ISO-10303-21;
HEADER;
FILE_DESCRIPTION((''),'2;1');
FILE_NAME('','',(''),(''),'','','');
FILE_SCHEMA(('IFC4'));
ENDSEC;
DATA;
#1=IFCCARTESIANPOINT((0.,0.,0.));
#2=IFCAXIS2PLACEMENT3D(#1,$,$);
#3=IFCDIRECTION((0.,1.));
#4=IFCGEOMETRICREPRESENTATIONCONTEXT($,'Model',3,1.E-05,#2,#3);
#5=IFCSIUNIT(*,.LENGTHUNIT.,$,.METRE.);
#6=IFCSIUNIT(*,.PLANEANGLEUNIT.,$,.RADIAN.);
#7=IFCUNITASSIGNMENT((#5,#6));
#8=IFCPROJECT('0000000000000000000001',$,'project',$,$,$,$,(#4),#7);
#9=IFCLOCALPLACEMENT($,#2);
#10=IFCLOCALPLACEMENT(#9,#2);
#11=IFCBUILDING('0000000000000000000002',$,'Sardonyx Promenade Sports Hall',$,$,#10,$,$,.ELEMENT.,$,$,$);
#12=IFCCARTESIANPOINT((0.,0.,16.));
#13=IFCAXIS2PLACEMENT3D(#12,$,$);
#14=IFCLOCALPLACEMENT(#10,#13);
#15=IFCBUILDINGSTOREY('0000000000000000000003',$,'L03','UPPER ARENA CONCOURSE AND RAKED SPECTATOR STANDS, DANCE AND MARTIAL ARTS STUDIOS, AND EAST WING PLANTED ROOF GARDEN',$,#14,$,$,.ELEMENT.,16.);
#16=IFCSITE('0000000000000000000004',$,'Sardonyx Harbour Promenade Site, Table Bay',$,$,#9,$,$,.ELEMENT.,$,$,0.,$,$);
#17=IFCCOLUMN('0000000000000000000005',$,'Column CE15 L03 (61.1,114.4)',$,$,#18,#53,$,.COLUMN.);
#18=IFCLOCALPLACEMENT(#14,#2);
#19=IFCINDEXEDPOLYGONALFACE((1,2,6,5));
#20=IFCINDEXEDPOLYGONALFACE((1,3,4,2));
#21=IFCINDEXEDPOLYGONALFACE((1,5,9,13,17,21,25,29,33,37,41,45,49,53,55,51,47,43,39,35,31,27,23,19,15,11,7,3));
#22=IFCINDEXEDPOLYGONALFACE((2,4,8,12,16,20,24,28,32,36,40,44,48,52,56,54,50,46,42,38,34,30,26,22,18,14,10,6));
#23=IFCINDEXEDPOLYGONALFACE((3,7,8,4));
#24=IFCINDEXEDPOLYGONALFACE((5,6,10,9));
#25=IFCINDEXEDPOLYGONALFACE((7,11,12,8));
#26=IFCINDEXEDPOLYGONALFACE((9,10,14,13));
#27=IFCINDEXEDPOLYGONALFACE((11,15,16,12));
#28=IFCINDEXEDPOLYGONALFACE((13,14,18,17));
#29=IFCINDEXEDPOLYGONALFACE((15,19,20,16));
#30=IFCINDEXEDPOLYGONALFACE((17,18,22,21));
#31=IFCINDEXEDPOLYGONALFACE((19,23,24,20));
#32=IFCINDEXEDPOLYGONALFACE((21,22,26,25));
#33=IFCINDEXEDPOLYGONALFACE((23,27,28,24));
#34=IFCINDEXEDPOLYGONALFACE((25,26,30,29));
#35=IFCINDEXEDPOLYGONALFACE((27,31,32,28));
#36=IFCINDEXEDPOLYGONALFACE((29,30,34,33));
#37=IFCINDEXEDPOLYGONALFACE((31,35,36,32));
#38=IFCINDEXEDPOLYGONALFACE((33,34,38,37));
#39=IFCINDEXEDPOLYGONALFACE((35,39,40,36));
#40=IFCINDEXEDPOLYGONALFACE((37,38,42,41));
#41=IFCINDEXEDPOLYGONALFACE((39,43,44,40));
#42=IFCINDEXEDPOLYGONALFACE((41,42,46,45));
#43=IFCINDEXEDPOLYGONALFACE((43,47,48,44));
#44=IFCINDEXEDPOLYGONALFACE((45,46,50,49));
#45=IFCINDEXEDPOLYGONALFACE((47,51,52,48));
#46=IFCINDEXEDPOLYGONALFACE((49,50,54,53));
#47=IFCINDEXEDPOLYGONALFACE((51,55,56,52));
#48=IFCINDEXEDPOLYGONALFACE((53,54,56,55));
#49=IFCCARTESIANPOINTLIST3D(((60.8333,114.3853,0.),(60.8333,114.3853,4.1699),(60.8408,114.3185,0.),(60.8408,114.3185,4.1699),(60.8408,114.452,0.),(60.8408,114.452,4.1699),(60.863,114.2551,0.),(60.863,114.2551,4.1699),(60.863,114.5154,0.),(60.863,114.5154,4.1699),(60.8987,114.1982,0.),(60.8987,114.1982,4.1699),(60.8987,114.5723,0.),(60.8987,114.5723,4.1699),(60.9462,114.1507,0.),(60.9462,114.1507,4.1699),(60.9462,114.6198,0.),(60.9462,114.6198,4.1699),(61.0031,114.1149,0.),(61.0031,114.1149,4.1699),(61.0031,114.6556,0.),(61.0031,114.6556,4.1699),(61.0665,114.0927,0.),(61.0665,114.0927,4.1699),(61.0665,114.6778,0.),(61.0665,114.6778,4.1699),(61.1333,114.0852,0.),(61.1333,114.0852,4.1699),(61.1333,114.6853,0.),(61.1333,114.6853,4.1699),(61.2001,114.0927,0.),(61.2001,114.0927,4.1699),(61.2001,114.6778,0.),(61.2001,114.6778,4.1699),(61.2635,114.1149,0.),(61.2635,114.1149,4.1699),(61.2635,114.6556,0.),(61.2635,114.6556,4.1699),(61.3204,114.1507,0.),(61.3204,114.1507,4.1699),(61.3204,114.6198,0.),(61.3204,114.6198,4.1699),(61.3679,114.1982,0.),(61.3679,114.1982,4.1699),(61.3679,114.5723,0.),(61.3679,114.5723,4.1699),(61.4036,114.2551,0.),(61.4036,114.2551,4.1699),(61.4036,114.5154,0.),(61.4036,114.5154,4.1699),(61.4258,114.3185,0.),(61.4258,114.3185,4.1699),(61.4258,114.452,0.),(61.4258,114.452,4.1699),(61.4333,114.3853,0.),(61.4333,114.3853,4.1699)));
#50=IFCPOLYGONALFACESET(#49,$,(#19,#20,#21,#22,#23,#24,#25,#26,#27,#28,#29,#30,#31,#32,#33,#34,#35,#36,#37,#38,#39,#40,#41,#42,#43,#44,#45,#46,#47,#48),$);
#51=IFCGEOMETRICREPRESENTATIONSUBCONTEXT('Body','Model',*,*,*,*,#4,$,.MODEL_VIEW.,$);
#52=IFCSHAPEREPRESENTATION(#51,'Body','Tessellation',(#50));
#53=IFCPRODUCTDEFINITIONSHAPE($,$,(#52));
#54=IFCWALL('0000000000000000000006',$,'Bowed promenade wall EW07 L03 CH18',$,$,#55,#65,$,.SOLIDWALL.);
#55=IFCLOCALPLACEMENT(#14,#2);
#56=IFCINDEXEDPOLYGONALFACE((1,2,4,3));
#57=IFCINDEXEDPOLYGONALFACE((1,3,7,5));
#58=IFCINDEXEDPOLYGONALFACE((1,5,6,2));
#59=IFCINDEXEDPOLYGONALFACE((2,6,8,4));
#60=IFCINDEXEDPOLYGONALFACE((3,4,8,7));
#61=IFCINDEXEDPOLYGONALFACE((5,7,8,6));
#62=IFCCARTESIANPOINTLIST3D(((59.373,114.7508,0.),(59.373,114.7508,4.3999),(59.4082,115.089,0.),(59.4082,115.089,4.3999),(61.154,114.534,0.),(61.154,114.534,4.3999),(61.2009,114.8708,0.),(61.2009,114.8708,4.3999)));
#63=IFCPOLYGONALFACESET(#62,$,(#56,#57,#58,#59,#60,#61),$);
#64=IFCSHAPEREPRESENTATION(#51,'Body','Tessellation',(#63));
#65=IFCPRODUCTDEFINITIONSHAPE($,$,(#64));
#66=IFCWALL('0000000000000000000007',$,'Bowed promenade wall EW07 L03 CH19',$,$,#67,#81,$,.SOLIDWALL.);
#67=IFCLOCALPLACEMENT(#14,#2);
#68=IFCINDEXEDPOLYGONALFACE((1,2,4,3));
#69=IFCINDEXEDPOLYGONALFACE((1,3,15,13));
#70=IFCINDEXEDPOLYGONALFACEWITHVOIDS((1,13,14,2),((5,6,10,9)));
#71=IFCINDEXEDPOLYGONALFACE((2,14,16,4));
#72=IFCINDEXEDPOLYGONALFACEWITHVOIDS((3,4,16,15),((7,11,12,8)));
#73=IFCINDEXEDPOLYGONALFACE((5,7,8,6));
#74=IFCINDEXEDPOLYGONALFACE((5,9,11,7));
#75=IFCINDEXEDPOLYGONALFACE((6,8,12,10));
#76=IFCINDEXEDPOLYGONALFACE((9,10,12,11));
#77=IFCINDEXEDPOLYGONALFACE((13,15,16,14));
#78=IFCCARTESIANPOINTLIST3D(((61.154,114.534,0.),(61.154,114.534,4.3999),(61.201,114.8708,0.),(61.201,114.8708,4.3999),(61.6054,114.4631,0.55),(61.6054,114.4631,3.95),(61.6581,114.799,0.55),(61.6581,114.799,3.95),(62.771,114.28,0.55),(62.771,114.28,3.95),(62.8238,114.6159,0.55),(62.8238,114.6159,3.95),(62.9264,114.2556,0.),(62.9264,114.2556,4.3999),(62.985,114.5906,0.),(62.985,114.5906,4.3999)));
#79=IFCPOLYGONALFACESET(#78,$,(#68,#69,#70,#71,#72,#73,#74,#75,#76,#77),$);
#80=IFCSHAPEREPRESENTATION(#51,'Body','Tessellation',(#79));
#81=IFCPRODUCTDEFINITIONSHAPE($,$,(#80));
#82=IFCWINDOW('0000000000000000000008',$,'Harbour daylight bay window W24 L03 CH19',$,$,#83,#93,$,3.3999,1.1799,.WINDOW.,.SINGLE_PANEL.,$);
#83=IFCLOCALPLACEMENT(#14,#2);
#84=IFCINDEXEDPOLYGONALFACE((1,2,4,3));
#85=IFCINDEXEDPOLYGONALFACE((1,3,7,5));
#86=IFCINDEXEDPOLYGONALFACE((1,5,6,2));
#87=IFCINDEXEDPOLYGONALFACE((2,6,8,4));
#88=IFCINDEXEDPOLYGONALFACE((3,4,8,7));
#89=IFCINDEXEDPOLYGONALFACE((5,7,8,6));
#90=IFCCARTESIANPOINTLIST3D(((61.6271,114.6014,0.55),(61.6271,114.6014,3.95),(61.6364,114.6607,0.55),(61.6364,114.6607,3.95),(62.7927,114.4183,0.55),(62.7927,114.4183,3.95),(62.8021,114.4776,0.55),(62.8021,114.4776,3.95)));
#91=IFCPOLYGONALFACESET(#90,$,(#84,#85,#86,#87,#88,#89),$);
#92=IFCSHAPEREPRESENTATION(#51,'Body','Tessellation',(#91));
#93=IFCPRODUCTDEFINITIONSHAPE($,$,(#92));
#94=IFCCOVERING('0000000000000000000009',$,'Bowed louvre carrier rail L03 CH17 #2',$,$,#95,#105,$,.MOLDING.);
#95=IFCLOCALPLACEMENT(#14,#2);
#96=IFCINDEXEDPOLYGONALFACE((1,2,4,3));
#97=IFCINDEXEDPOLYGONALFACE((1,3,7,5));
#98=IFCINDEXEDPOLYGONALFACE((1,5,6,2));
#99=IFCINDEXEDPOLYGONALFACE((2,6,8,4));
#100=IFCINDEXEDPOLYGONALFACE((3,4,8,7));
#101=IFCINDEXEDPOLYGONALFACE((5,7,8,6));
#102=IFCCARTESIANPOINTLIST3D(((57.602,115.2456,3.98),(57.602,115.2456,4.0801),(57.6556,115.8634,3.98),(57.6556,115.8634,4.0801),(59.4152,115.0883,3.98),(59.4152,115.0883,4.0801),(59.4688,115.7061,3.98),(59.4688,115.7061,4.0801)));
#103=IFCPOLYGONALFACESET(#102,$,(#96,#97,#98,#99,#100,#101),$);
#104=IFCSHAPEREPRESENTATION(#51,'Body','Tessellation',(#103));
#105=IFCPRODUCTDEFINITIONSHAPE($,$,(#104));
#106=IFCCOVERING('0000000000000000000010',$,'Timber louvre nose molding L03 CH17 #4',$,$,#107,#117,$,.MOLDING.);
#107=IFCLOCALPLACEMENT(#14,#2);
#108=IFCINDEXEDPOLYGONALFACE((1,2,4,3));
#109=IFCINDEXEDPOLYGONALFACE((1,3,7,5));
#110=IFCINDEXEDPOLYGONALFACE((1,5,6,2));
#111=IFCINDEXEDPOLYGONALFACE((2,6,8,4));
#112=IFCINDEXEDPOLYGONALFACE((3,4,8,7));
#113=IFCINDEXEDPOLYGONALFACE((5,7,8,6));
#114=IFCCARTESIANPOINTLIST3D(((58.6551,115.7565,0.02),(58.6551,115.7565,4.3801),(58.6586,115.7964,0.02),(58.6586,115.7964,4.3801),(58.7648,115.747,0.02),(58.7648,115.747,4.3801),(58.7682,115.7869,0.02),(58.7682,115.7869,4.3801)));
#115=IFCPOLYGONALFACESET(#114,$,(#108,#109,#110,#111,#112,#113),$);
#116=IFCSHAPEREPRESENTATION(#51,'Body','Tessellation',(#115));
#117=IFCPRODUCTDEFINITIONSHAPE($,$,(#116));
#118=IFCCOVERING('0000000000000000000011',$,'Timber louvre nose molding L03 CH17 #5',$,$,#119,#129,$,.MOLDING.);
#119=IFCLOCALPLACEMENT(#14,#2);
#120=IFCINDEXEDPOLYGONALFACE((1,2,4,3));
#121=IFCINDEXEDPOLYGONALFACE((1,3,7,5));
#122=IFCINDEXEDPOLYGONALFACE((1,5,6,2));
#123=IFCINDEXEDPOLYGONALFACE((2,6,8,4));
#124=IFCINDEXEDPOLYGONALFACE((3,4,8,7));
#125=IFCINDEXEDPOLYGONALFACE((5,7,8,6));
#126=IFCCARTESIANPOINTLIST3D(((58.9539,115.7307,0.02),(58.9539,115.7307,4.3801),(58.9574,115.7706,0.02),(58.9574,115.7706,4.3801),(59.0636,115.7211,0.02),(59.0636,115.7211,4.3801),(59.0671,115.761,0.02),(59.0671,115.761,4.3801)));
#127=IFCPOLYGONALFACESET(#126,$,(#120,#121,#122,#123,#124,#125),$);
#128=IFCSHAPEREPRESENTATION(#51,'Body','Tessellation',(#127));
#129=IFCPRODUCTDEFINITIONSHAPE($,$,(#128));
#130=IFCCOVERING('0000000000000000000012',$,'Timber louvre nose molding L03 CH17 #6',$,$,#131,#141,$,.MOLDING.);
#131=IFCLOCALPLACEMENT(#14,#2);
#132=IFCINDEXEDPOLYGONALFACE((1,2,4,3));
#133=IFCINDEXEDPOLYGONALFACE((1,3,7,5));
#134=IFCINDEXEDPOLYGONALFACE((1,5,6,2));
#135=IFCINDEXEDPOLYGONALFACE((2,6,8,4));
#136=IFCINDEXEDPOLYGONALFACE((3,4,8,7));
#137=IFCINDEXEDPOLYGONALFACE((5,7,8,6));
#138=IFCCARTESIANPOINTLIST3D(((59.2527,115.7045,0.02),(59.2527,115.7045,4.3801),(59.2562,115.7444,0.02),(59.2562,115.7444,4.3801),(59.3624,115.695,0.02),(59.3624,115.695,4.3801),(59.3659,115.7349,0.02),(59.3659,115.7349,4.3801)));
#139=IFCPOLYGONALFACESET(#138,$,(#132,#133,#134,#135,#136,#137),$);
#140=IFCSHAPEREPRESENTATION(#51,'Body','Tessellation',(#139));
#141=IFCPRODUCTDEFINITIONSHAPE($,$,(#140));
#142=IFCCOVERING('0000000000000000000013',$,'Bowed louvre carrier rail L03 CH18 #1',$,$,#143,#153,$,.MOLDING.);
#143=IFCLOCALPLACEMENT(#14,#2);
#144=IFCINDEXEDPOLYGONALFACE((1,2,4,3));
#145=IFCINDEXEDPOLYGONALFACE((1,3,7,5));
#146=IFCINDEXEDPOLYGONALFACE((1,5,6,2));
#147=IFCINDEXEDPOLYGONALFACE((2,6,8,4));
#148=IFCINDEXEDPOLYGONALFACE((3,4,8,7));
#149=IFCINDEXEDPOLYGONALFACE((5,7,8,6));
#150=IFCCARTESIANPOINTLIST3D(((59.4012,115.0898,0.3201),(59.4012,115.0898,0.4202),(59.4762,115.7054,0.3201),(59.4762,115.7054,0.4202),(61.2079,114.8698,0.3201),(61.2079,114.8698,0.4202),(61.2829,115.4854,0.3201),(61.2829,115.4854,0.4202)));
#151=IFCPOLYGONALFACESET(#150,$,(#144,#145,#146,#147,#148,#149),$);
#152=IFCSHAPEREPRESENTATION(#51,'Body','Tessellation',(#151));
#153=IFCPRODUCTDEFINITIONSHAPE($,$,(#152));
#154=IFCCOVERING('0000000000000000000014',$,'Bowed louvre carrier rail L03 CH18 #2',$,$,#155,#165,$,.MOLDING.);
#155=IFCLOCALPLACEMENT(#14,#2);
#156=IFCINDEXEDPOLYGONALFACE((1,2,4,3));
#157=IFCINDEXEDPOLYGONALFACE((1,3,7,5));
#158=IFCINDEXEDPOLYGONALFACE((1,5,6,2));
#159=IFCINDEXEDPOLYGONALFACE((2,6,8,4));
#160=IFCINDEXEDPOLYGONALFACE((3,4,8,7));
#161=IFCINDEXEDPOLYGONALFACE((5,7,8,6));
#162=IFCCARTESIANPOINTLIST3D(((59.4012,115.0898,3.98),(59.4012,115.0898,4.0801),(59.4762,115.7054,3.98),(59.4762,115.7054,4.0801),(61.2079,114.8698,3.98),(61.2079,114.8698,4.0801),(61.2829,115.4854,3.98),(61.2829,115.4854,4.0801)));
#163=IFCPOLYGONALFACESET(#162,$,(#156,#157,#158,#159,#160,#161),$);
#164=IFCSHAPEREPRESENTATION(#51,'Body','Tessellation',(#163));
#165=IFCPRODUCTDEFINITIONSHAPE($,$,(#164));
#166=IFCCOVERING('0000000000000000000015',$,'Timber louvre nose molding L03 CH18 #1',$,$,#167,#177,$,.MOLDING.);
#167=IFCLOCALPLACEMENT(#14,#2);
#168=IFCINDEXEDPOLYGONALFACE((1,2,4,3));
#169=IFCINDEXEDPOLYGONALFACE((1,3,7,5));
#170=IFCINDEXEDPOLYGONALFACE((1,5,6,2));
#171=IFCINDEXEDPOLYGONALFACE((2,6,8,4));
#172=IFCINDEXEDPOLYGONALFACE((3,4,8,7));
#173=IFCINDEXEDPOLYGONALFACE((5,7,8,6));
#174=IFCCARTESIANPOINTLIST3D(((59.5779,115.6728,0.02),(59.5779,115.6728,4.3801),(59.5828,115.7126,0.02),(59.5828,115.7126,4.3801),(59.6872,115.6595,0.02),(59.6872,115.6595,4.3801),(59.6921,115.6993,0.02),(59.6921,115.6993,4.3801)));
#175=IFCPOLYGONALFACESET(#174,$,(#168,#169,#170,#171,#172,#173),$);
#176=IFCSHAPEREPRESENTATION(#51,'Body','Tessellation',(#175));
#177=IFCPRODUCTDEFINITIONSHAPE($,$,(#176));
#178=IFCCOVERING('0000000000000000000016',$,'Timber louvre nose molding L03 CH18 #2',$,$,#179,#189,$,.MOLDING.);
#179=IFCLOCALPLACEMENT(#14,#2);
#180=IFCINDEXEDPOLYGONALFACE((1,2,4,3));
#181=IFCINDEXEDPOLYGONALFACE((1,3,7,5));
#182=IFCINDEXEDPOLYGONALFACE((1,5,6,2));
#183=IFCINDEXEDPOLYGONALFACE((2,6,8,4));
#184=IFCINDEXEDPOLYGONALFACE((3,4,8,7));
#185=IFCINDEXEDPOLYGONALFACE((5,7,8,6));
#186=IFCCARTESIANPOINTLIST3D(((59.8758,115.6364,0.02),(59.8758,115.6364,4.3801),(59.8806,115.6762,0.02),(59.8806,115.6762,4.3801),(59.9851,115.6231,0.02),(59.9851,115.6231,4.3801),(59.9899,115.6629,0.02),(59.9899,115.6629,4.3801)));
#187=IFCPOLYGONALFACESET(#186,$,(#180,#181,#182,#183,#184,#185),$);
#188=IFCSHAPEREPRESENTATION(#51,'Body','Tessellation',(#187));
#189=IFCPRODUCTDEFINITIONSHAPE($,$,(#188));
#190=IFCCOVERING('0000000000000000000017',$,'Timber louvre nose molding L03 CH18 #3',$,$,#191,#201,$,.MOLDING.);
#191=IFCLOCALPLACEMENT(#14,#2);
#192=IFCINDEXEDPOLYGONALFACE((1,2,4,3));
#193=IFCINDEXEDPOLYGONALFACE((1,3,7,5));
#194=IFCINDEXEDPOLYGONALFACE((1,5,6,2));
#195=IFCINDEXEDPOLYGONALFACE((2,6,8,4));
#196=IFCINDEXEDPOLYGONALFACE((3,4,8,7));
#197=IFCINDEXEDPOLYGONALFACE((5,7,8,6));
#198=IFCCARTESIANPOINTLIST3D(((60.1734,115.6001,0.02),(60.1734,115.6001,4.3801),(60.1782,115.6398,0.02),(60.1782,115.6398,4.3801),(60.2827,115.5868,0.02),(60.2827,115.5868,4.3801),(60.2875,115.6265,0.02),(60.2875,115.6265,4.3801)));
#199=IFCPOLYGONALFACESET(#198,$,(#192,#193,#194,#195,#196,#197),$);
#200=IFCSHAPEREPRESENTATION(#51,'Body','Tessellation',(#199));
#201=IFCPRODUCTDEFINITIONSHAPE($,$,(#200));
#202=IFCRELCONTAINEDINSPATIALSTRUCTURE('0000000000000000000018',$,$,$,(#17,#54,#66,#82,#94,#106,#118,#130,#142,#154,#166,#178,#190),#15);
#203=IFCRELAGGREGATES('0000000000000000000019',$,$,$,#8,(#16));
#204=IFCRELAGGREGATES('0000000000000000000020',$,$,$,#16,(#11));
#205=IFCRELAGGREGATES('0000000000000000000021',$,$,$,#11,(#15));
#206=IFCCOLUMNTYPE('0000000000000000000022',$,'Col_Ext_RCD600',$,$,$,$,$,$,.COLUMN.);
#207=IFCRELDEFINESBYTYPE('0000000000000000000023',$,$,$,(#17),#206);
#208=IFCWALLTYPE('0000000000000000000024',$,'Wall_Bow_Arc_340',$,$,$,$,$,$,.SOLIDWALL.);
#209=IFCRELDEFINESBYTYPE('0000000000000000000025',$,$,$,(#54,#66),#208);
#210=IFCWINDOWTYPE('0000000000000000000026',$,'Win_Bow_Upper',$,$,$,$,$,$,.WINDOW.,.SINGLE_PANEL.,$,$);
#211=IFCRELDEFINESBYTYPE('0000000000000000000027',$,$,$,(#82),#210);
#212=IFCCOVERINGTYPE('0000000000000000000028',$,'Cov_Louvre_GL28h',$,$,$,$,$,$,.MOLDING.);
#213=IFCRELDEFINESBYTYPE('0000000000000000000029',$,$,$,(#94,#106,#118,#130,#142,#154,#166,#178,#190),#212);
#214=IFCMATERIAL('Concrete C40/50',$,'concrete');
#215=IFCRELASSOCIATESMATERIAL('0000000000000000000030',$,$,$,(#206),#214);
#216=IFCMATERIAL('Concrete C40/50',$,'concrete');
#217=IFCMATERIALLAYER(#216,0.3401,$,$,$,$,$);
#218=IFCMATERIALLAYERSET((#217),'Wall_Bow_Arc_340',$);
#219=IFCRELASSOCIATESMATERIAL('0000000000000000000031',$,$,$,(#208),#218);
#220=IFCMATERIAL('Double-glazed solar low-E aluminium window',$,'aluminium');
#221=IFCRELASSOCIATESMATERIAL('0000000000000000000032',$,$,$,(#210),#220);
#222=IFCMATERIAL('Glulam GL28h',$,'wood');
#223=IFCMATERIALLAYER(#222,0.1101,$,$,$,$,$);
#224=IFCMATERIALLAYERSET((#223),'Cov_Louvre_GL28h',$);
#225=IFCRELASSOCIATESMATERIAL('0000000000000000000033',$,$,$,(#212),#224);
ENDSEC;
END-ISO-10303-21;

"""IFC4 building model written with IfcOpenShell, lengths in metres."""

from ifc_helpers import new_model, si_unit, direction, frame, frame_2d, origin, origin_2d, place, context, subcontext, project, spatial, polyline, rectangle, circle, outline, extrude, material, layer, layer_set, material_profile, profile_set, type_object, element, fill, save


model = new_model("IFC4")

# Units and contexts
model_context = context("Model", 3, precision=1e-05, world=origin(), true_north=direction((0.0, 1.0)))
body_context = subcontext(model_context, "Body", "Model", "MODEL_VIEW")
ifc_project = project(units=[si_unit("LENGTHUNIT", "METRE"), si_unit("PLANEANGLEUNIT", "RADIAN")], contexts=[model_context])

# Site, building, storey
site_placement = place(None, origin())
site = spatial("IfcSite", under=ifc_project, at=site_placement, Name="Sardonyx Harbour Promenade Site, Table Bay", CompositionType="ELEMENT", RefElevation=0.0)
building_placement = place(site_placement, origin())
building = spatial("IfcBuilding", under=site, at=building_placement, Name="Sardonyx Promenade Sports Hall", CompositionType="ELEMENT")
storey_placement = place(building_placement, frame((0.0, 0.0, 16.0)))
storey = spatial("IfcBuildingStorey", under=building, at=storey_placement, Name="L03", Description="UPPER ARENA CONCOURSE AND RAKED SPECTATOR STANDS, DANCE AND MARTIAL ARTS STUDIOS, AND EAST WING PLANTED ROOF GARDEN", CompositionType="ELEMENT", Elevation=16.0)

# Column
ifc_material_1 = material(Name="Concrete C40/50", Category="concrete")
ifc_material_profile = material_profile(ifc_material_1, circle(Radius=0.3, at=origin_2d()))
ifc_profile_set = profile_set([ifc_material_profile], Name="Concrete C40/50")
column_type = type_object("IfcColumnType", Name="Col_Ext_RCD600", PredefinedType="COLUMN", material=ifc_profile_set)
column_placement = place(storey_placement, frame((61.1333, 114.3853, 0.0), z_axis=(0.0, 0.0, 1.0), x_axis=(1.0, 0.0, 0.0)))
element("IfcColumn", 1, at=column_placement, inside=storey, type_object=column_type, Name="Column CE15 L03 (61.1,114.4)", PredefinedType="COLUMN", context=body_context, shape_type="SweptSolid", body=[
    extrude(circle(Radius=0.3, at=origin_2d()), origin(), (0.0, 0.0, 1.0), 4.1699),
])

# Wall
ifc_material_2 = material(Name="Concrete C40/50", Category="concrete")
ifc_layer_1 = layer(ifc_material_2, 0.3401)
ifc_layer_set_1 = layer_set([ifc_layer_1], Name="Wall_Bow_Arc_340")
wall_type = type_object("IfcWallType", Name="Wall_Bow_Arc_340", PredefinedType="SOLIDWALL", material=ifc_layer_set_1)
wall_1_placement = place(storey_placement, frame((59.3906, 114.9199, 0.0), z_axis=(0.0, 0.0, 1.0), x_axis=(0.992671, -0.120846, 0.0)))
element("IfcWall", 2, at=wall_1_placement, inside=storey, type_object=wall_type, Name="Bowed promenade wall EW07 L03 CH18", PredefinedType="SOLIDWALL", context=body_context, shape_type="SweptSolid", body=[
    extrude(outline(polyline([(0.0029, -0.17), (1.7971, -0.17), (1.8029, 0.17), (-0.0029, 0.17), (0.0029, -0.17)])), origin(), (0.0, 0.0, 1.0), 4.3999),
])

# Wall, opening, window
wall_2_placement = place(storey_placement, frame((61.1775, 114.7024, 0.0), z_axis=(0.0, 0.0, 1.0), x_axis=(0.987887, -0.155175, 0.0)))
wall_2 = element("IfcWall", 3, at=wall_2_placement, inside=storey, type_object=wall_type, Name="Bowed promenade wall EW07 L03 CH19", PredefinedType="SOLIDWALL", context=body_context, shape_type="SweptSolid", body=[
    extrude(outline(polyline([(0.0029, -0.17), (1.7971, -0.17), (1.8029, 0.17), (-0.0029, 0.17), (0.0029, -0.17)])), origin(), (0.0, 0.0, 1.0), 4.3999),
])
opening_placement = place(wall_2_placement, frame((0.46, 0.0, 0.55)))
opening = element("IfcOpeningElement", 4, at=opening_placement, cuts=wall_2, PredefinedType="OPENING", context=body_context, shape_type="SweptSolid", body=[
    extrude(rectangle(XDim=1.1799, YDim=3.3999, at=frame_2d((0.5898, 1.7))), frame((0.0, 0.18, 0.0), z_axis=(0.0, -1.0, 0.0), x_axis=(1.0, 0.0, 0.0)), (0.0, 0.0, 1.0), 0.36),
])
ifc_material_3 = material(Name="Double-glazed solar low-E aluminium window", Category="aluminium")
window_type = type_object("IfcWindowType", Name="Win_Bow_Upper", PartitioningType="SINGLE_PANEL", PredefinedType="WINDOW", material=ifc_material_3)
window_placement = place(opening_placement, origin())
window = element("IfcWindow", 5, at=window_placement, inside=storey, type_object=window_type, Name="Harbour daylight bay window W24 L03 CH19", OverallHeight=3.3999, OverallWidth=1.1799, PartitioningType="SINGLE_PANEL", PredefinedType="WINDOW", context=body_context, shape_type="SweptSolid", body=[
    extrude(rectangle(XDim=1.1799, YDim=3.3999, at=frame_2d((0.5898, 1.7))), frame((0.0, 0.03, 0.0), z_axis=(0.0, -1.0, 0.0), x_axis=(1.0, 0.0, 0.0)), (0.0, 0.0, 1.0), 0.0601),
])
fill(opening, window)

# Coverings
ifc_material_4 = material(Name="Glulam GL28h", Category="wood")
ifc_layer_2 = layer(ifc_material_4, 0.1101)
ifc_layer_set_2 = layer_set([ifc_layer_2], Name="Cov_Louvre_GL28h")
covering_type = type_object("IfcCoveringType", Name="Cov_Louvre_GL28h", PredefinedType="MOLDING", material=ifc_layer_set_2)
covering_1_placement = place(storey_placement, frame((58.5354, 115.4758, 3.98), z_axis=(0.0, 0.0, 1.0), x_axis=(0.996258, -0.086434, 0.0)))
element("IfcCovering", 6, at=covering_1_placement, inside=storey, type_object=covering_type, Name="Bowed louvre carrier rail L03 CH17 #2", PredefinedType="MOLDING", context=body_context, shape_type="SweptSolid", body=[
    extrude(rectangle(XDim=1.8201, YDim=0.6201, at=origin_2d()), origin(), (0.0, 0.0, 1.0), 0.1001),
])
for number, where, z_axis, x_axis, name in (
    (7, (58.7117, 115.7717, 0.02), (0.0, 0.0, 1.0), (0.996258, -0.086434, 0.0), "Timber louvre nose molding L03 CH17 #4"),
    (8, (59.0105, 115.7458, 0.02), (0.0, 0.0, 1.0), (0.996258, -0.086434, 0.0), "Timber louvre nose molding L03 CH17 #5"),
    (9, (59.3093, 115.7197, 0.02), (0.0, 0.0, 1.0), (0.996258, -0.086434, 0.0), "Timber louvre nose molding L03 CH17 #6"),
):
    element("IfcCovering", number, at=place(storey_placement, frame(where, z_axis=z_axis, x_axis=x_axis)), inside=storey, type_object=covering_type, Name=name, PredefinedType="MOLDING", context=body_context, shape_type="SweptSolid", body=[
        extrude(rectangle(XDim=0.1101, YDim=0.04, at=origin_2d()), origin(), (0.0, 0.0, 1.0), 4.3601),
    ])
for number, where, z_axis, x_axis, name in (
    (10, (60.342, 115.2876, 0.3201), (0.0, 0.0, 1.0), (0.992669, -0.120863, 0.0), "Bowed louvre carrier rail L03 CH18 #1"),
    (11, (60.342, 115.2876, 3.98), (0.0, 0.0, 1.0), (0.992669, -0.120863, 0.0), "Bowed louvre carrier rail L03 CH18 #2"),
):
    element("IfcCovering", number, at=place(storey_placement, frame(where, z_axis=z_axis, x_axis=x_axis)), inside=storey, type_object=covering_type, Name=name, PredefinedType="MOLDING", context=body_context, shape_type="SweptSolid", body=[
        extrude(rectangle(XDim=1.8201, YDim=0.6201, at=origin_2d()), origin(), (0.0, 0.0, 1.0), 0.1001),
    ])
for number, where, z_axis, x_axis, name in (
    (12, (59.635, 115.686, 0.02), (0.0, 0.0, 1.0), (0.992669, -0.120863, 0.0), "Timber louvre nose molding L03 CH18 #1"),
    (13, (59.9329, 115.6497, 0.02), (0.0, 0.0, 1.0), (0.992669, -0.120863, 0.0), "Timber louvre nose molding L03 CH18 #2"),
    (14, (60.2305, 115.6133, 0.02), (0.0, 0.0, 1.0), (0.992669, -0.120863, 0.0), "Timber louvre nose molding L03 CH18 #3"),
):
    element("IfcCovering", number, at=place(storey_placement, frame(where, z_axis=z_axis, x_axis=x_axis)), inside=storey, type_object=covering_type, Name=name, PredefinedType="MOLDING", context=body_context, shape_type="SweptSolid", body=[
        extrude(rectangle(XDim=0.1101, YDim=0.04, at=origin_2d()), origin(), (0.0, 0.0, 1.0), 4.3601),
    ])

save(model, "model.ifc")
